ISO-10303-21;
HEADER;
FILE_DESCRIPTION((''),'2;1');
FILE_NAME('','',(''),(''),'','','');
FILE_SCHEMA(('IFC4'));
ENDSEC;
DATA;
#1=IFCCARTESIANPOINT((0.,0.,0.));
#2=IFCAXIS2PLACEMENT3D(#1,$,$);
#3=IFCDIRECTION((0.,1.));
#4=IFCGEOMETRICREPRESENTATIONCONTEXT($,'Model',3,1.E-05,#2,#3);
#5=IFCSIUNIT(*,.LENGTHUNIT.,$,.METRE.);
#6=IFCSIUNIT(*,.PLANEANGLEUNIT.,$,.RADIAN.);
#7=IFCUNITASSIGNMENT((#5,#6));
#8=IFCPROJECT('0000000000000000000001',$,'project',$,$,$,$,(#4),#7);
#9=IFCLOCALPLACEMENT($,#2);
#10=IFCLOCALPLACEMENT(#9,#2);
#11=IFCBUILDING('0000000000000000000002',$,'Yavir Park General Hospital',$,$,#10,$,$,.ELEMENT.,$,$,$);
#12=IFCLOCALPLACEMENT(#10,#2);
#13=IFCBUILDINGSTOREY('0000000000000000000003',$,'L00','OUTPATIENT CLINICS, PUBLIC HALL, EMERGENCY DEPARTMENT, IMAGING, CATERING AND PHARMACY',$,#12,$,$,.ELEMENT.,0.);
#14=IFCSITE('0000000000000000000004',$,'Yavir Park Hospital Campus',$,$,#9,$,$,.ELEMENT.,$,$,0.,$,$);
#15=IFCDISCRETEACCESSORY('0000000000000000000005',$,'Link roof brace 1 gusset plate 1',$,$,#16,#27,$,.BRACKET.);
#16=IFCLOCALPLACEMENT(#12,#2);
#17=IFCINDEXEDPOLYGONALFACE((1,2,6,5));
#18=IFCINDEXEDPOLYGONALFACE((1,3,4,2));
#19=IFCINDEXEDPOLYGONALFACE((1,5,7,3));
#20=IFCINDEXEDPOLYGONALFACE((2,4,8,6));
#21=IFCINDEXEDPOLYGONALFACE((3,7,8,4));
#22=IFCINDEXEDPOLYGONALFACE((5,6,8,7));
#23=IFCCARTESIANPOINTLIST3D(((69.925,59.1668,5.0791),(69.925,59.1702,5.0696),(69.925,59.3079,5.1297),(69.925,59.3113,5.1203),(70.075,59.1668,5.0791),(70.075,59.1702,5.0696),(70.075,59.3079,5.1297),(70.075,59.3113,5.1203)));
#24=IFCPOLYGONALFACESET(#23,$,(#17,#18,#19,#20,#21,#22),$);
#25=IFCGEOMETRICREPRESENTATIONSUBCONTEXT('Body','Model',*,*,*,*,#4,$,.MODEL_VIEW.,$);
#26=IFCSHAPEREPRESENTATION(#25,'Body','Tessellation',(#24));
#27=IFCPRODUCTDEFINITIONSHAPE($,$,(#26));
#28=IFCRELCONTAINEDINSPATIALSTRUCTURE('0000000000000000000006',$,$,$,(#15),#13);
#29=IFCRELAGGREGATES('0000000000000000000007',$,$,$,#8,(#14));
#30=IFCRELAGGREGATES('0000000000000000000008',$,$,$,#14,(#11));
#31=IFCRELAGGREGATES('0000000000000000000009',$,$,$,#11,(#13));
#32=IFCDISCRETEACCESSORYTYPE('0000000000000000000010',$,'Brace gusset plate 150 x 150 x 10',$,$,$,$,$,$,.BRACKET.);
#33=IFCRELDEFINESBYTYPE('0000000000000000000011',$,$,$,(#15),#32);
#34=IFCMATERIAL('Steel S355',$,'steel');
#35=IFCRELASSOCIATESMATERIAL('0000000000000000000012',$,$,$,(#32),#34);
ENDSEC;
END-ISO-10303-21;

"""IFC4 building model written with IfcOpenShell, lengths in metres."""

from ifc_helpers import new_model, si_unit, direction, frame, origin, origin_2d, place, context, subcontext, project, spatial, rectangle, extrude, material, material_profile, profile_set, type_object, element, save


model = new_model("IFC4")

# Units and contexts
model_context = context("Model", 3, precision=1e-05, world=origin(), true_north=direction((0.0, 1.0)))
body_context = subcontext(model_context, "Body", "Model", "MODEL_VIEW")
ifc_project = project(units=[si_unit("LENGTHUNIT", "METRE"), si_unit("PLANEANGLEUNIT", "RADIAN")], contexts=[model_context])

# Site, building, storey
site_placement = place(None, origin())
site = spatial("IfcSite", under=ifc_project, at=site_placement, Name="Yavir Park Hospital Campus", CompositionType="ELEMENT", RefElevation=0.0)
building_placement = place(site_placement, origin())
building = spatial("IfcBuilding", under=site, at=building_placement, Name="Yavir Park General Hospital", CompositionType="ELEMENT")
storey_placement = place(building_placement, origin())
storey = spatial("IfcBuildingStorey", under=building, at=storey_placement, Name="L00", Description="OUTPATIENT CLINICS, PUBLIC HALL, EMERGENCY DEPARTMENT, IMAGING, CATERING AND PHARMACY", CompositionType="ELEMENT", Elevation=0.0)

# Discrete accessory
ifc_material_1 = material(Name="Steel S355", Category="steel")
ifc_material_profile_1 = material_profile(ifc_material_1, rectangle(XDim=0.1499, YDim=0.1499, at=origin_2d()), Name="PL150x150")
ifc_profile_set_1 = profile_set([ifc_material_profile_1], Name="Steel S355")
discrete_accessory_type = type_object("IfcDiscreteAccessoryType", Name="Brace gusset plate 150 x 150 x 10", PredefinedType="BRACKET", material=ifc_profile_set_1)
discrete_accessory_placement = place(storey_placement, frame((70.0, 59.2407, 5.095), z_axis=(0.0, -0.337865, 0.941195), x_axis=(1.0, 0.0, 0.0)))
element("IfcDiscreteAccessory", 1, at=discrete_accessory_placement, inside=storey, type_object=discrete_accessory_type, Name="Link roof brace 1 gusset plate 1", PredefinedType="BRACKET", context=body_context, shape_type="SweptSolid", body=[
    extrude(rectangle(XDim=0.1499, YDim=0.1499, at=origin_2d()), origin(), (0.0, 0.0, 1.0), 0.01),
])

save(model, "model.ifc")
